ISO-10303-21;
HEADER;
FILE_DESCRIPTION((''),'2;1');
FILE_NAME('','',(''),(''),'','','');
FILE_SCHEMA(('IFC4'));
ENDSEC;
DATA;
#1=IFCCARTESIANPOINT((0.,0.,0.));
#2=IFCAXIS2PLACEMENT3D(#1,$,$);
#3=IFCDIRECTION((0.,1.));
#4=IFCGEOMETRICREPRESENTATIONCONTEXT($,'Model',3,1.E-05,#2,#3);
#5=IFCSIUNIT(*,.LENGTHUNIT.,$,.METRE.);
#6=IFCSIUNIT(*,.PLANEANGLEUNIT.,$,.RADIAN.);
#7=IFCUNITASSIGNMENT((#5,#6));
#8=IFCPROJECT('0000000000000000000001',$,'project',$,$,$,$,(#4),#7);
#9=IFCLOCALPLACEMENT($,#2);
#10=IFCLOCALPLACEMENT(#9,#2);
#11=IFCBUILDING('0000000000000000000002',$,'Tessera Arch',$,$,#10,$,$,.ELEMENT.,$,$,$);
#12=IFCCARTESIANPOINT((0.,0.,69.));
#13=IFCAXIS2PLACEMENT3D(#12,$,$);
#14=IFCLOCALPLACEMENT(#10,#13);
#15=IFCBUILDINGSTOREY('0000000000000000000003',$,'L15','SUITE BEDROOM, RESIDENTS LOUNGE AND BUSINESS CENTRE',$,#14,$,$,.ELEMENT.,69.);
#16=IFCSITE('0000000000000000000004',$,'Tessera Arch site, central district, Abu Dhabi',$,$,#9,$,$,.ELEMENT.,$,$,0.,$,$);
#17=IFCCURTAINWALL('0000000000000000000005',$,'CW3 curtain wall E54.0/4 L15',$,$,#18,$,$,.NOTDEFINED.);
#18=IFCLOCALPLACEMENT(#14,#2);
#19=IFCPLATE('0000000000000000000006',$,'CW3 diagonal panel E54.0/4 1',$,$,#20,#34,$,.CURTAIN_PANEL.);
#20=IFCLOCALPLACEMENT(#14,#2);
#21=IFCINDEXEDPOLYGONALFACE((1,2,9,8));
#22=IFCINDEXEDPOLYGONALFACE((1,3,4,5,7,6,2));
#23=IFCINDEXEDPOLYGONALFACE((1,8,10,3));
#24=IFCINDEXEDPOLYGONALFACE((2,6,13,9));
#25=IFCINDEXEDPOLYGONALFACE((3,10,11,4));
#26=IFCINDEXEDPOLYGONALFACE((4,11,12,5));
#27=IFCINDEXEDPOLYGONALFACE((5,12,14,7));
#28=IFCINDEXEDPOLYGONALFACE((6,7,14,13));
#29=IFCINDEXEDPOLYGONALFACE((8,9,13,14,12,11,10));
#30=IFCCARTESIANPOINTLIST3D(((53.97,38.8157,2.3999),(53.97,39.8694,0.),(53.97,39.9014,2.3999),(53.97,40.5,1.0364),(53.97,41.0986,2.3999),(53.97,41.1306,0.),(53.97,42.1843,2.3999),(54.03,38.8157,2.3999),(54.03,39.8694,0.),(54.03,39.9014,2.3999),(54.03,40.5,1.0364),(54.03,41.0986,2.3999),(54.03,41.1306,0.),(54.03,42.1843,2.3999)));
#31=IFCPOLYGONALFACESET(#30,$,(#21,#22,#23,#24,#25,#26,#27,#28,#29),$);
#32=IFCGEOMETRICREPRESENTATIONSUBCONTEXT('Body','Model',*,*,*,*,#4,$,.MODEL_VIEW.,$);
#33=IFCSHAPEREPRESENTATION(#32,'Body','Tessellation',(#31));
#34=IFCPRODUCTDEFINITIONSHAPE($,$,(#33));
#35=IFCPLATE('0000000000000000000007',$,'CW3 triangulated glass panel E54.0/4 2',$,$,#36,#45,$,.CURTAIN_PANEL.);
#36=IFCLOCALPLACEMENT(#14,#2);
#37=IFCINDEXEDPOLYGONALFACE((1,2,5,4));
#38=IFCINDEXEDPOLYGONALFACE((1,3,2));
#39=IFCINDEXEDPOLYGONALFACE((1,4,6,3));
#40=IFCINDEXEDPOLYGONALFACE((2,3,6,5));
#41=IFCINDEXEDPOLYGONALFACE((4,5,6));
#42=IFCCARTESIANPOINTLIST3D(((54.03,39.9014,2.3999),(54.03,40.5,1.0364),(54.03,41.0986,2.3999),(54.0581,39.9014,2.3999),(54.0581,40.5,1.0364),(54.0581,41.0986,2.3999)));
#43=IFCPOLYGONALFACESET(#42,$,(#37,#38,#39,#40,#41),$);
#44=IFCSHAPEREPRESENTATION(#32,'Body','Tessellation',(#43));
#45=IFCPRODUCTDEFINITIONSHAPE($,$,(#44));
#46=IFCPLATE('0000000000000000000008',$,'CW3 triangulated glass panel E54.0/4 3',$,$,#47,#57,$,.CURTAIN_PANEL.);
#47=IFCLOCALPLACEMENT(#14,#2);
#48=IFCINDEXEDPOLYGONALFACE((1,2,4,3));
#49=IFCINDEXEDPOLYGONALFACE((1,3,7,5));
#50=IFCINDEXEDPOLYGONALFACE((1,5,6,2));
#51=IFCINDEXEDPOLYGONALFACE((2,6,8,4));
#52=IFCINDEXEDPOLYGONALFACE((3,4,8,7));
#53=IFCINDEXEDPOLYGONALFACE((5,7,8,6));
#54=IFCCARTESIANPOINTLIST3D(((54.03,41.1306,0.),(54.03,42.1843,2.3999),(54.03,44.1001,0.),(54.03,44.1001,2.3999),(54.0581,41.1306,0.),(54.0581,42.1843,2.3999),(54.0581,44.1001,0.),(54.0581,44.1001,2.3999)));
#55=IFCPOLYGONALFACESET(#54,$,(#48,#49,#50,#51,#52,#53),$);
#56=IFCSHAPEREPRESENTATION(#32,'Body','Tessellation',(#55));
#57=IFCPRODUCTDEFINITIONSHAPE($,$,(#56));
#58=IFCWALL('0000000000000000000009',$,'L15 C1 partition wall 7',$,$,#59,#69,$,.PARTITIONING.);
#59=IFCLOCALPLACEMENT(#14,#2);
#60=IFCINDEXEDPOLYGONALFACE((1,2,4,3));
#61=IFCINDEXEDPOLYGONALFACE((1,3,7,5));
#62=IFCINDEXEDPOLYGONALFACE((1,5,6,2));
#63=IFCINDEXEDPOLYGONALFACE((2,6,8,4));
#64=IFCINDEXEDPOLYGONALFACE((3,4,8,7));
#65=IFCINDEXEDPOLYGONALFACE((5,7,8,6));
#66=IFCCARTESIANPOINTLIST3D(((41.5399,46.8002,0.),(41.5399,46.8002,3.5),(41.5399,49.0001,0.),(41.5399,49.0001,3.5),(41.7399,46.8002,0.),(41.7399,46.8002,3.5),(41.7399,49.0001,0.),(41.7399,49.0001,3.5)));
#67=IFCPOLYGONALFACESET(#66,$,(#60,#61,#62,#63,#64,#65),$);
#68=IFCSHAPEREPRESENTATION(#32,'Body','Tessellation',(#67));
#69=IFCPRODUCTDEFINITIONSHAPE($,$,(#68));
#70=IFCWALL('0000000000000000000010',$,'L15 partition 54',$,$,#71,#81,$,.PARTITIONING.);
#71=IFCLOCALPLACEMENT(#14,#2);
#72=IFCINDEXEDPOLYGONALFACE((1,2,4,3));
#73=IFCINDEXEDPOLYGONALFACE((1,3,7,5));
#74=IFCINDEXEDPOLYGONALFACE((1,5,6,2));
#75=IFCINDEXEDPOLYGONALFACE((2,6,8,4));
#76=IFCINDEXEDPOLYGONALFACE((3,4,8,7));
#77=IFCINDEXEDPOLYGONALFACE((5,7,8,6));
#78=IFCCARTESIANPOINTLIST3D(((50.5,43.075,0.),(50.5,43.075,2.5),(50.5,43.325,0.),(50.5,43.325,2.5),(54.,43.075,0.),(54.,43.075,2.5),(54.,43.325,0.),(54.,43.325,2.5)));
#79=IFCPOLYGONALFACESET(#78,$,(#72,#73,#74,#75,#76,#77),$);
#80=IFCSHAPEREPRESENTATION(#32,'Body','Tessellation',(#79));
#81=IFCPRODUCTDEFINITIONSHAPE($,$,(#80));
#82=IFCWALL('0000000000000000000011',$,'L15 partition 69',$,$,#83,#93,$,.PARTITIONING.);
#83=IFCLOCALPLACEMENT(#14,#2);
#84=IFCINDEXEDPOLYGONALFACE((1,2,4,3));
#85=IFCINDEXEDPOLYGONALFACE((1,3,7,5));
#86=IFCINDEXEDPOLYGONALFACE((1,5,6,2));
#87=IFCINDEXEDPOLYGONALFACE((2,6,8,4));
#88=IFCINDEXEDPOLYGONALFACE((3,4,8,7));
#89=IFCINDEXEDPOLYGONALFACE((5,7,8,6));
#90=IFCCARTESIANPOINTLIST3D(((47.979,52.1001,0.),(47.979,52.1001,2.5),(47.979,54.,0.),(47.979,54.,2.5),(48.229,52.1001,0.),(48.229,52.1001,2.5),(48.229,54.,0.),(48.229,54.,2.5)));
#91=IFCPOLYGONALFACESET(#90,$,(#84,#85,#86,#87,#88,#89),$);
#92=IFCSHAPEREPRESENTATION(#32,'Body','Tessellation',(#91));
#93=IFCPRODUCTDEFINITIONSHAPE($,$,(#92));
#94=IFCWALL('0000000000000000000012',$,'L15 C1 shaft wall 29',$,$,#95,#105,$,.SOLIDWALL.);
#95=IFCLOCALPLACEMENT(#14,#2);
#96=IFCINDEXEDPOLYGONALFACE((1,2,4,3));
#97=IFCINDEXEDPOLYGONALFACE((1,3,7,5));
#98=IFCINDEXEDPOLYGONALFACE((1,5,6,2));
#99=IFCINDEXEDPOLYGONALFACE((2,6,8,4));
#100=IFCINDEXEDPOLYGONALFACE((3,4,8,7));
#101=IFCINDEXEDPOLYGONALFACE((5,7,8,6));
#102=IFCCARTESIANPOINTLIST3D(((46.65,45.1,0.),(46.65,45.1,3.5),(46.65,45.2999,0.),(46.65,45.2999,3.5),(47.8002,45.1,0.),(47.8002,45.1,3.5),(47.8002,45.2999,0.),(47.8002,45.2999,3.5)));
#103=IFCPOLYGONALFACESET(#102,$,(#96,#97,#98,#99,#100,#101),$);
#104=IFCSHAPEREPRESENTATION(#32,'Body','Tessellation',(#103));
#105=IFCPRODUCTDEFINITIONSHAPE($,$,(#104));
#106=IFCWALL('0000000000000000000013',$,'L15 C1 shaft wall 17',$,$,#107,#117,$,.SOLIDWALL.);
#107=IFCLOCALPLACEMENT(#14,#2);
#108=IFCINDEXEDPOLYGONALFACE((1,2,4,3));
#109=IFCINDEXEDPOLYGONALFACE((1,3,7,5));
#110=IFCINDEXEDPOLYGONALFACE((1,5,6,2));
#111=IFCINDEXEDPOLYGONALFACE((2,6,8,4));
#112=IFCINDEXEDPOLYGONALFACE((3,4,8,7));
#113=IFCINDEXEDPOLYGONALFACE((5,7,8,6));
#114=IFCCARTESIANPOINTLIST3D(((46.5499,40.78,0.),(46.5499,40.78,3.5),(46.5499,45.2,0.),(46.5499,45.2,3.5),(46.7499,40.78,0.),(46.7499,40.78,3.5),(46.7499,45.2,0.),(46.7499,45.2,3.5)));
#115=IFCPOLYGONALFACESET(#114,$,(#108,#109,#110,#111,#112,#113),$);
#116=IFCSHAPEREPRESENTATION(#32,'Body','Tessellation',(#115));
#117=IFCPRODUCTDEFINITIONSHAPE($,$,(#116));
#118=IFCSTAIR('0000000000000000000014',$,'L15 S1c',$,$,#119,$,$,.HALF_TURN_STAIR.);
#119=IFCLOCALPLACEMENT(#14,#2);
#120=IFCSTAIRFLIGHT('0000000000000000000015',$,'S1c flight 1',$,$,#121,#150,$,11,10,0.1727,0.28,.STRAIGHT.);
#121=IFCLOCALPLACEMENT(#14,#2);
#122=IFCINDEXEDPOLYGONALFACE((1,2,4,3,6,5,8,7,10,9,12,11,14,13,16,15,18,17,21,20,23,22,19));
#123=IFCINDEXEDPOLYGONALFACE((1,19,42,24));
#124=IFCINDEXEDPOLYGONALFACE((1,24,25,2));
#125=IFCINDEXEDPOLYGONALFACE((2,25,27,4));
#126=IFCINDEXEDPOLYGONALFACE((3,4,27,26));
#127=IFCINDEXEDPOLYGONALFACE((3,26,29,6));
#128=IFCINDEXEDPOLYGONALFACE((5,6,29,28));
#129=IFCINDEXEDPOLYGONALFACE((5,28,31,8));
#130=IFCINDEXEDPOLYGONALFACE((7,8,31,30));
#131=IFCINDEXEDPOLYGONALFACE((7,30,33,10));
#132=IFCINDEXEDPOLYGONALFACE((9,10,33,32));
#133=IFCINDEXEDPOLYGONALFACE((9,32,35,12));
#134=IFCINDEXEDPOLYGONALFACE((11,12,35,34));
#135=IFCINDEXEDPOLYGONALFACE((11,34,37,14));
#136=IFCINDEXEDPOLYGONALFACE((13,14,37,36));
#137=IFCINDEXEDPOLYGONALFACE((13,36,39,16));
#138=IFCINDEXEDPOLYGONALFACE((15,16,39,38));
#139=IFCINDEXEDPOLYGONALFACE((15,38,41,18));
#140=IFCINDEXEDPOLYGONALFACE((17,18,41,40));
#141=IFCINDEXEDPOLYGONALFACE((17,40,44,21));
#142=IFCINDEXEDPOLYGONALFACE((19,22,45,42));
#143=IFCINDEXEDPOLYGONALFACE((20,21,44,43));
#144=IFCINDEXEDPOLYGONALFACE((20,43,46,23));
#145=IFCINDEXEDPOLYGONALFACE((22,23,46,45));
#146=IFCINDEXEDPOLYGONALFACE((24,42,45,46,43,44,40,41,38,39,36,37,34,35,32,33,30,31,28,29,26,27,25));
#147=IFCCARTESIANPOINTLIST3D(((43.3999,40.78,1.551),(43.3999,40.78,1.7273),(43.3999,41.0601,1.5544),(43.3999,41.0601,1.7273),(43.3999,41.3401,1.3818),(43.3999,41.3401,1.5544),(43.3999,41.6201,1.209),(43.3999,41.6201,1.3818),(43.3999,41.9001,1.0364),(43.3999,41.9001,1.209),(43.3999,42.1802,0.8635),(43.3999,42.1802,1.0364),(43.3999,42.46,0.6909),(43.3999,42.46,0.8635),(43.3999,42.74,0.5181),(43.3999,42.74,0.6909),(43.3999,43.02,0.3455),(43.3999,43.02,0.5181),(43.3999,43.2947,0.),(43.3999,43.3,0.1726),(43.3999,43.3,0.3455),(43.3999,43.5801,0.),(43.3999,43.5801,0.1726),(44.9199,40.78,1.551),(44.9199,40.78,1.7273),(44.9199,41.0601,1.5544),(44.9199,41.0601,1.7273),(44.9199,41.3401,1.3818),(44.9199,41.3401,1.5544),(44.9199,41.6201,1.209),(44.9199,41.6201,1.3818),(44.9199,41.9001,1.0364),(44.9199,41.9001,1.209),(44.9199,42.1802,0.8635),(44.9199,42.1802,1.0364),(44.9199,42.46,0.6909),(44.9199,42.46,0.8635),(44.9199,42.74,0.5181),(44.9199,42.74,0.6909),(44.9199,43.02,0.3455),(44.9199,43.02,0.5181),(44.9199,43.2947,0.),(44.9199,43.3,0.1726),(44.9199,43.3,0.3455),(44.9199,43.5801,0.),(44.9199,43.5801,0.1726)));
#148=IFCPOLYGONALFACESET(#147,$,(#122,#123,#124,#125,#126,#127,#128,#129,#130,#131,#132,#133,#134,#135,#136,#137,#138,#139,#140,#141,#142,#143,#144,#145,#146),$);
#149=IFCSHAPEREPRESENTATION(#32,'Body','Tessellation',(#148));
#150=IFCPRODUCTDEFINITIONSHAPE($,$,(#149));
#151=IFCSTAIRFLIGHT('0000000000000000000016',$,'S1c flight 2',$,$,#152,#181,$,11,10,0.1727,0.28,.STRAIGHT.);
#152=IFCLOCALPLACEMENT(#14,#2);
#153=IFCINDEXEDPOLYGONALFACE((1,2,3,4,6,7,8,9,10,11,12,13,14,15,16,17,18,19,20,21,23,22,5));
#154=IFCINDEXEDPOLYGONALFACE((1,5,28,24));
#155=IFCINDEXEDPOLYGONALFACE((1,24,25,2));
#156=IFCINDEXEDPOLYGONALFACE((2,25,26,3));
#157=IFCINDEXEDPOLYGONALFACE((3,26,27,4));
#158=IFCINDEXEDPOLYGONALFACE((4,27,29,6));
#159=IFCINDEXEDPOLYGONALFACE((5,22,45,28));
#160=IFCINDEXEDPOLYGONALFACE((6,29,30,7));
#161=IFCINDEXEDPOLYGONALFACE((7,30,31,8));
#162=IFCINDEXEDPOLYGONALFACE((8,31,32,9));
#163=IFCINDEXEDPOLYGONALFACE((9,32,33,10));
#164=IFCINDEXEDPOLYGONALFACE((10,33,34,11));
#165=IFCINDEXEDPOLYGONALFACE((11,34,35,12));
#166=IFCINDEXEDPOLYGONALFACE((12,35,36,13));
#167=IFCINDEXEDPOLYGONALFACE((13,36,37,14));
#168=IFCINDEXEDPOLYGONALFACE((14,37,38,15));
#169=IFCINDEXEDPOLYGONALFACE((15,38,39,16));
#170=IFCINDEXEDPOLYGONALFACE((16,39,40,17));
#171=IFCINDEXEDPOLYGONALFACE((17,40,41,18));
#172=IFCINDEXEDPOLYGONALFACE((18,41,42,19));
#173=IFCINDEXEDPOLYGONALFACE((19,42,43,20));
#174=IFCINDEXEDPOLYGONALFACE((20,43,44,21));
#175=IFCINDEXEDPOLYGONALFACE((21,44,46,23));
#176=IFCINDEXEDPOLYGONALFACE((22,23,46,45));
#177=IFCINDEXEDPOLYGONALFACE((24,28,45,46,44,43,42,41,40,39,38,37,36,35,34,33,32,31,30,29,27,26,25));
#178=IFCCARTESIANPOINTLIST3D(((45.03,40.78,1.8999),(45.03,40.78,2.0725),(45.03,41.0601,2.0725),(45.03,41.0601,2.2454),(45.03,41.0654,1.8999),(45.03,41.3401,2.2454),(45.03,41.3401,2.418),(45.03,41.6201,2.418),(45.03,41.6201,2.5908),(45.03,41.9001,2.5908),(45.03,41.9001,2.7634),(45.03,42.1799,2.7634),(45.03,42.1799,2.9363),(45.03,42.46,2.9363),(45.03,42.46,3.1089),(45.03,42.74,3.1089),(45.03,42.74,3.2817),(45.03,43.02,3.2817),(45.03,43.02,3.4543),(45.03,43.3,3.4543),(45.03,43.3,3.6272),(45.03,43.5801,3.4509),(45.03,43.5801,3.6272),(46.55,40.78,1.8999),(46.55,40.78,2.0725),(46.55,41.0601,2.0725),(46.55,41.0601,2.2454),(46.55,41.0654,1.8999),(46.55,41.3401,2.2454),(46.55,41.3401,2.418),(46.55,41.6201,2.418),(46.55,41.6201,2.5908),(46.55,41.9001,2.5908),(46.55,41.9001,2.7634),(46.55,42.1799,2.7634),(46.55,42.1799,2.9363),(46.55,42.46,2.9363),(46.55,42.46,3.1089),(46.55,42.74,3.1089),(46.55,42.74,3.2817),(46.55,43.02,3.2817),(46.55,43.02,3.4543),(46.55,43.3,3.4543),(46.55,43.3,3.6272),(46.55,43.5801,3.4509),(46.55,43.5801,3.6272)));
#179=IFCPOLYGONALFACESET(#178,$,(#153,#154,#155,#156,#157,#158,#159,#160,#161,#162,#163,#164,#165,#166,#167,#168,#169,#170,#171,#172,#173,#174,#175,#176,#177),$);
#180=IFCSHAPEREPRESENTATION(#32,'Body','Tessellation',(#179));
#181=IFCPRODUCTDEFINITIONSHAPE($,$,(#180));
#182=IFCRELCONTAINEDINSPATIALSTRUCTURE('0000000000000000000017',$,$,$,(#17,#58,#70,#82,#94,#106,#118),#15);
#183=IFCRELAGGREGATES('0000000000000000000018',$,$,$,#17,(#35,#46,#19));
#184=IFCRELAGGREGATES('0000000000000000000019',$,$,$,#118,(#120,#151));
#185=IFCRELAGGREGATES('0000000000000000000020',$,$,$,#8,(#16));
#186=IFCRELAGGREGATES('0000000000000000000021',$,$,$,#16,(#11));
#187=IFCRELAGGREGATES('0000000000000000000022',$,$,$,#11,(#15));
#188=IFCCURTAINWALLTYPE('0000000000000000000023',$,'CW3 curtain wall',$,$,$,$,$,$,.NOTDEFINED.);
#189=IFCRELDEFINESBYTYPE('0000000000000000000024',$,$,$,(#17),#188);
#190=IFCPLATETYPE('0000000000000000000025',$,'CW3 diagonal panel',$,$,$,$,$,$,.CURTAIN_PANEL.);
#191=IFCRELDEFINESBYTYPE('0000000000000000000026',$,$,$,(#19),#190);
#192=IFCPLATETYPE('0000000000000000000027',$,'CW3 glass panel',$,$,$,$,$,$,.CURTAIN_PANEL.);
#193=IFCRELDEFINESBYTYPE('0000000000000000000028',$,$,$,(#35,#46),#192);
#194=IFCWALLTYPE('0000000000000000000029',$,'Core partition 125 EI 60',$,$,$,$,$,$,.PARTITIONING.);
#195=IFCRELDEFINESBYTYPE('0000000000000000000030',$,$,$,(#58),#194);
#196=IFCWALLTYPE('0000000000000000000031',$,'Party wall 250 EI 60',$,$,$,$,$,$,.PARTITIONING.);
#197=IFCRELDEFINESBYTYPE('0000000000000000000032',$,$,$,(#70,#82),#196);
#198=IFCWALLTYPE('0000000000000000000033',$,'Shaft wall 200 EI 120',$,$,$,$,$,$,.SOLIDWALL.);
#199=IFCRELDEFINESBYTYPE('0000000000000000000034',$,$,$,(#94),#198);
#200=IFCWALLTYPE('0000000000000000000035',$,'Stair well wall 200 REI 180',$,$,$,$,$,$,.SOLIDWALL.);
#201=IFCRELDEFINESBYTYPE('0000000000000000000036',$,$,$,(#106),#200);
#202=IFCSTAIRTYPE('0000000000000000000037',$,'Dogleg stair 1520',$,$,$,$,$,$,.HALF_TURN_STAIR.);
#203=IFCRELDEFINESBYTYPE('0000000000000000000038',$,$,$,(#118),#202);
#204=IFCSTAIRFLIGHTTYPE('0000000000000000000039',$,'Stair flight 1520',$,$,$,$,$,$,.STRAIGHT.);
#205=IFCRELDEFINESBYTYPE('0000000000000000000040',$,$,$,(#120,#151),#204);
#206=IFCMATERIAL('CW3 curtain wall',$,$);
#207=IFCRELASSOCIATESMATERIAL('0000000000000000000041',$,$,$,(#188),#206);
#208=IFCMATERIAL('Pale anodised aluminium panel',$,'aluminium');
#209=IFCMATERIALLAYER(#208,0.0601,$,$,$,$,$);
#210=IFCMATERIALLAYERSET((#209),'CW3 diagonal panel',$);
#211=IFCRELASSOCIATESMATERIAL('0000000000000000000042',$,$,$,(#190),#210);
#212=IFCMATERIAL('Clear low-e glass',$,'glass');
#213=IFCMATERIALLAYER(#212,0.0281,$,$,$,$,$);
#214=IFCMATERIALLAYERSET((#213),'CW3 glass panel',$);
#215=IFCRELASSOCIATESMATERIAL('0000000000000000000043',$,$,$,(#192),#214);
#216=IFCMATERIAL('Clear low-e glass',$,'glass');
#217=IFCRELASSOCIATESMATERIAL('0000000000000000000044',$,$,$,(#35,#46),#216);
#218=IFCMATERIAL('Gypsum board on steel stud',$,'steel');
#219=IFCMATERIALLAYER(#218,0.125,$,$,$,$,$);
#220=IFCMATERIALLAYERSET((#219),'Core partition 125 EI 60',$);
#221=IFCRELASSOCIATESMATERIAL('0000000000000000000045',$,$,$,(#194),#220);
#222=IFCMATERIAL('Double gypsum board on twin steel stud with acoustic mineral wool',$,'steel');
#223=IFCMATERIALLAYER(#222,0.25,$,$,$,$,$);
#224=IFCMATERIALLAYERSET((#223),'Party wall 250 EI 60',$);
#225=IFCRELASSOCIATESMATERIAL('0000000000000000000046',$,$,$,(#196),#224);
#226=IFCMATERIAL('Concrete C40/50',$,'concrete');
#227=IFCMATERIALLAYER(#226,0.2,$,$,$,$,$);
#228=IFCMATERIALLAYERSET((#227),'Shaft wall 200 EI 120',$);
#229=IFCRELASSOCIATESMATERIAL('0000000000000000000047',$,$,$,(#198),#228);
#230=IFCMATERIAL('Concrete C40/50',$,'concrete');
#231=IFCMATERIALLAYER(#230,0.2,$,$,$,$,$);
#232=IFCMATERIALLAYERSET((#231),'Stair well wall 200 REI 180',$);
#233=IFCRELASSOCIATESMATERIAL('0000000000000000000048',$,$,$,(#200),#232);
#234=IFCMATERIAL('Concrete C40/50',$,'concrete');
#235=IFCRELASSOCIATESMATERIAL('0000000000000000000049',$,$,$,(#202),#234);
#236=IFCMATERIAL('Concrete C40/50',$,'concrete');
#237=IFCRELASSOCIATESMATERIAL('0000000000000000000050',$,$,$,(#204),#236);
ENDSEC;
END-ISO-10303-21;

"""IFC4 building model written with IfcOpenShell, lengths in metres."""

from ifc_helpers import new_model, si_unit, direction, frame, frame_2d, origin, place, context, subcontext, project, spatial, polyline, rectangle, outline, extrude, material, layer, layer_set, type_object, element, aggregate, save


model = new_model("IFC4")

# Units and contexts
model_context = context("Model", 3, precision=1e-05, world=origin(), true_north=direction((0.0, 1.0)))
body_context = subcontext(model_context, "Body", "Model", "MODEL_VIEW")
ifc_project = project(units=[si_unit("LENGTHUNIT", "METRE"), si_unit("PLANEANGLEUNIT", "RADIAN")], contexts=[model_context])

# Site, building, storey
site_placement = place(None, origin())
site = spatial("IfcSite", under=ifc_project, at=site_placement, Name="Tessera Arch site, central district, Abu Dhabi", CompositionType="ELEMENT", RefElevation=0.0)
building_placement = place(site_placement, origin())
building = spatial("IfcBuilding", under=site, at=building_placement, Name="Tessera Arch", CompositionType="ELEMENT")
storey_placement = place(building_placement, frame((0.0, 0.0, 69.0)))
storey = spatial("IfcBuildingStorey", under=building, at=storey_placement, Name="L15", Description="SUITE BEDROOM, RESIDENTS LOUNGE AND BUSINESS CENTRE", CompositionType="ELEMENT", Elevation=69.0)

# Shared definitions
ifc_material_1 = material(Name="Clear low-e glass", Category="glass")

# Curtain wall, plates
ifc_material_2 = material(Name="CW3 curtain wall")
curtain_wall_type_1 = type_object("IfcCurtainWallType", Name="CW3 curtain wall", PredefinedType="NOTDEFINED", material=ifc_material_2)
curtain_wall_1_placement = place(storey_placement, origin())
curtain_wall_1 = element("IfcCurtainWall", 1, at=curtain_wall_1_placement, inside=storey, type_object=curtain_wall_type_1, Name="CW3 curtain wall E54.0/4 L15", PredefinedType="NOTDEFINED")
ifc_material_3 = material(Name="Pale anodised aluminium panel", Category="aluminium")
ifc_layer_1 = layer(ifc_material_3, 0.0601)
ifc_layer_set_1 = layer_set([ifc_layer_1], Name="CW3 diagonal panel")
plate_type_1 = type_object("IfcPlateType", Name="CW3 diagonal panel", PredefinedType="CURTAIN_PANEL", material=ifc_layer_set_1)
plate_1_placement = place(storey_placement, frame((54.03, 42.1843, 2.3999), z_axis=(1.0, 0.0, 0.0), x_axis=(0.0, -1.0, 0.0)))
plate_1 = element("IfcPlate", 2, at=plate_1_placement, type_object=plate_type_1, Name="CW3 diagonal panel E54.0/4 1", PredefinedType="CURTAIN_PANEL", context=body_context, shape_type="SweptSolid", body=[
    extrude(outline(polyline([(0.0, 0.0), (1.0857, 0.0), (1.6843, 1.3635), (2.283, 0.0), (3.3687, 0.0), (2.3149, 2.3999), (1.0537, 2.3999), (0.0, 0.0)])), origin(), (0.0, 0.0, -1.0), 0.0601),
])
ifc_material_4 = material(Name="Clear low-e glass", Category="glass")
ifc_layer_2 = layer(ifc_material_4, 0.0281)
ifc_layer_set_2 = layer_set([ifc_layer_2], Name="CW3 glass panel")
plate_type_2 = type_object("IfcPlateType", Name="CW3 glass panel", PredefinedType="CURTAIN_PANEL", material=ifc_layer_set_2)
plate_2_placement = place(storey_placement, frame((54.0581, 41.0986, 2.3999), z_axis=(1.0, 0.0, 0.0), x_axis=(0.0, -1.0, 0.0)))
plate_2 = element("IfcPlate", 3, at=plate_2_placement, type_object=plate_type_2, material=ifc_material_1, Name="CW3 triangulated glass panel E54.0/4 2", PredefinedType="CURTAIN_PANEL", context=body_context, shape_type="SweptSolid", body=[
    extrude(outline(polyline([(0.0, 0.0), (1.1973, 0.0), (0.5986, 1.3635), (0.0, 0.0)])), origin(), (0.0, 0.0, -1.0), 0.0281),
])
plate_3_placement = place(storey_placement, frame((54.0581, 44.1001, 2.3999), z_axis=(1.0, 0.0, 0.0), x_axis=(0.0, -1.0, 0.0)))
plate_3 = element("IfcPlate", 4, at=plate_3_placement, type_object=plate_type_2, material=ifc_material_1, Name="CW3 triangulated glass panel E54.0/4 3", PredefinedType="CURTAIN_PANEL", context=body_context, shape_type="SweptSolid", body=[
    extrude(outline(polyline([(0.0, 0.0), (1.9158, 0.0), (2.9695, 2.3999), (0.0, 2.3999), (0.0, 0.0)])), origin(), (0.0, 0.0, -1.0), 0.0281),
])
aggregate(curtain_wall_1, [plate_2, plate_3, plate_1])

# Walls
ifc_material_5 = material(Name="Gypsum board on steel stud", Category="steel")
ifc_layer_3 = layer(ifc_material_5, 0.125)
ifc_layer_set_3 = layer_set([ifc_layer_3], Name="Core partition 125 EI 60")
wall_type_1 = type_object("IfcWallType", Name="Core partition 125 EI 60", PredefinedType="PARTITIONING", material=ifc_layer_set_3)
wall_1_placement = place(storey_placement, frame((41.6399, 46.8, 0.0), z_axis=(0.0, 0.0, 1.0), x_axis=(0.0, 1.0, 0.0)))
element("IfcWall", 5, at=wall_1_placement, inside=storey, type_object=wall_type_1, Name="L15 C1 partition wall 7", PredefinedType="PARTITIONING", context=body_context, shape_type="SweptSolid", body=[
    extrude(rectangle(XDim=2.2, YDim=0.2, at=frame_2d((1.1001, 0.0))), origin(), (0.0, 0.0, 1.0), 3.5),
])
ifc_material_6 = material(Name="Double gypsum board on twin steel stud with acoustic mineral wool", Category="steel")
ifc_layer_4 = layer(ifc_material_6, 0.25)
ifc_layer_set_4 = layer_set([ifc_layer_4], Name="Party wall 250 EI 60")
wall_type_2 = type_object("IfcWallType", Name="Party wall 250 EI 60", PredefinedType="PARTITIONING", material=ifc_layer_set_4)
wall_2_placement = place(storey_placement, frame((50.5, 43.2, 0.0), z_axis=(0.0, 0.0, 1.0), x_axis=(1.0, 0.0, 0.0)))
element("IfcWall", 6, at=wall_2_placement, inside=storey, type_object=wall_type_2, Name="L15 partition 54", PredefinedType="PARTITIONING", context=body_context, shape_type="SweptSolid", body=[
    extrude(rectangle(XDim=3.5, YDim=0.25, at=frame_2d((1.75, 0.0))), origin(), (0.0, 0.0, 1.0), 2.5),
])
wall_3_placement = place(storey_placement, frame((48.104, 52.1001, 0.0), z_axis=(0.0, 0.0, 1.0), x_axis=(0.0, 1.0, 0.0)))
element("IfcWall", 7, at=wall_3_placement, inside=storey, type_object=wall_type_2, Name="L15 partition 69", PredefinedType="PARTITIONING", context=body_context, shape_type="SweptSolid", body=[
    extrude(rectangle(XDim=1.8999, YDim=0.25, at=frame_2d((0.95, 0.0))), origin(), (0.0, 0.0, 1.0), 2.5),
])
ifc_material_7 = material(Name="Concrete C40/50", Category="concrete")
ifc_layer_5 = layer(ifc_material_7, 0.2)
ifc_layer_set_5 = layer_set([ifc_layer_5], Name="Shaft wall 200 EI 120")
wall_type_3 = type_object("IfcWallType", Name="Shaft wall 200 EI 120", PredefinedType="SOLIDWALL", material=ifc_layer_set_5)
wall_4_placement = place(storey_placement, frame((46.6499, 45.2, 0.0), z_axis=(0.0, 0.0, 1.0), x_axis=(1.0, 0.0, 0.0)))
element("IfcWall", 8, at=wall_4_placement, inside=storey, type_object=wall_type_3, Name="L15 C1 shaft wall 29", PredefinedType="SOLIDWALL", context=body_context, shape_type="SweptSolid", body=[
    extrude(rectangle(XDim=1.1501, YDim=0.2, at=frame_2d((0.5752, 0.0))), origin(), (0.0, 0.0, 1.0), 3.5),
])
ifc_material_8 = material(Name="Concrete C40/50", Category="concrete")
ifc_layer_6 = layer(ifc_material_8, 0.2)
ifc_layer_set_6 = layer_set([ifc_layer_6], Name="Stair well wall 200 REI 180")
wall_type_4 = type_object("IfcWallType", Name="Stair well wall 200 REI 180", PredefinedType="SOLIDWALL", material=ifc_layer_set_6)
wall_5_placement = place(storey_placement, frame((46.6499, 40.78, 0.0), z_axis=(0.0, 0.0, 1.0), x_axis=(0.0, 1.0, 0.0)))
element("IfcWall", 9, at=wall_5_placement, inside=storey, type_object=wall_type_4, Name="L15 C1 shaft wall 17", PredefinedType="SOLIDWALL", context=body_context, shape_type="SweptSolid", body=[
    extrude(rectangle(XDim=4.4199, YDim=0.2, at=frame_2d((2.21, 0.0))), origin(), (0.0, 0.0, 1.0), 3.5),
])

# Stair, stair flights
ifc_material_9 = material(Name="Concrete C40/50", Category="concrete")
stair_type = type_object("IfcStairType", Name="Dogleg stair 1520", PredefinedType="HALF_TURN_STAIR", material=ifc_material_9)
stair_placement = place(storey_placement, origin())
stair = element("IfcStair", 10, at=stair_placement, inside=storey, type_object=stair_type, Name="L15 S1c", PredefinedType="HALF_TURN_STAIR")
ifc_material_10 = material(Name="Concrete C40/50", Category="concrete")
stair_flight_type = type_object("IfcStairFlightType", Name="Stair flight 1520", PredefinedType="STRAIGHT", material=ifc_material_10)
stair_flight_1_placement = place(storey_placement, frame((44.1599, 43.5801, 0.0), z_axis=(0.0, 0.0, 1.0), x_axis=(0.0, -1.0, 0.0)))
stair_flight_1 = element("IfcStairFlight", 11, at=stair_flight_1_placement, type_object=stair_flight_type, Name="S1c flight 1", NumberOfRisers=11, NumberOfTreads=10, PredefinedType="STRAIGHT", RiserHeight=0.1727, TreadLength=0.28, context=body_context, shape_type="SweptSolid", body=[
    extrude(outline(polyline([(0.0, 0.0), (0.0, 0.1726), (0.28, 0.1726), (0.28, 0.3455), (0.5601, 0.3455), (0.5601, 0.5181), (0.8401, 0.5181), (0.8401, 0.6909), (1.1201, 0.6909), (1.1201, 0.8635), (1.3999, 0.8635), (1.3999, 1.0364), (1.6799, 1.0364), (1.6799, 1.209), (1.96, 1.209), (1.96, 1.3818), (2.24, 1.3818), (2.24, 1.5544), (2.52, 1.5544), (2.52, 1.7273), (2.8, 1.7273), (2.8, 1.8999), (2.8, 1.551), (0.2854, 0.0), (0.0, 0.0)])), frame((0.0, 0.76, 0.0), z_axis=(0.0, -1.0, 0.0), x_axis=(1.0, 0.0, 0.0)), (0.0, 0.0, 1.0), 1.52),
])
stair_flight_2_placement = place(storey_placement, frame((45.79, 40.78, 1.8999), z_axis=(0.0, 0.0, 1.0), x_axis=(0.0, 1.0, 0.0)))
stair_flight_2 = element("IfcStairFlight", 12, at=stair_flight_2_placement, type_object=stair_flight_type, Name="S1c flight 2", NumberOfRisers=11, NumberOfTreads=10, PredefinedType="STRAIGHT", RiserHeight=0.1727, TreadLength=0.28, context=body_context, shape_type="SweptSolid", body=[
    extrude(outline(polyline([(0.0, 0.0), (0.0, 0.1726), (0.28, 0.1726), (0.28, 0.3455), (0.5601, 0.3455), (0.5601, 0.5181), (0.8401, 0.5181), (0.8401, 0.6909), (1.1201, 0.6909), (1.1201, 0.8635), (1.3999, 0.8635), (1.3999, 1.0364), (1.6799, 1.0364), (1.6799, 1.209), (1.96, 1.209), (1.96, 1.3818), (2.24, 1.3818), (2.24, 1.5544), (2.52, 1.5544), (2.52, 1.7273), (2.8, 1.7273), (2.8, 1.8999), (2.8, 1.551), (0.2854, 0.0), (0.0, 0.0)])), frame((0.0, 0.76, 0.0), z_axis=(0.0, -1.0, 0.0), x_axis=(1.0, 0.0, 0.0)), (0.0, 0.0, 1.0), 1.52),
])
aggregate(stair, [stair_flight_1, stair_flight_2])

save(model, "model.ifc")
